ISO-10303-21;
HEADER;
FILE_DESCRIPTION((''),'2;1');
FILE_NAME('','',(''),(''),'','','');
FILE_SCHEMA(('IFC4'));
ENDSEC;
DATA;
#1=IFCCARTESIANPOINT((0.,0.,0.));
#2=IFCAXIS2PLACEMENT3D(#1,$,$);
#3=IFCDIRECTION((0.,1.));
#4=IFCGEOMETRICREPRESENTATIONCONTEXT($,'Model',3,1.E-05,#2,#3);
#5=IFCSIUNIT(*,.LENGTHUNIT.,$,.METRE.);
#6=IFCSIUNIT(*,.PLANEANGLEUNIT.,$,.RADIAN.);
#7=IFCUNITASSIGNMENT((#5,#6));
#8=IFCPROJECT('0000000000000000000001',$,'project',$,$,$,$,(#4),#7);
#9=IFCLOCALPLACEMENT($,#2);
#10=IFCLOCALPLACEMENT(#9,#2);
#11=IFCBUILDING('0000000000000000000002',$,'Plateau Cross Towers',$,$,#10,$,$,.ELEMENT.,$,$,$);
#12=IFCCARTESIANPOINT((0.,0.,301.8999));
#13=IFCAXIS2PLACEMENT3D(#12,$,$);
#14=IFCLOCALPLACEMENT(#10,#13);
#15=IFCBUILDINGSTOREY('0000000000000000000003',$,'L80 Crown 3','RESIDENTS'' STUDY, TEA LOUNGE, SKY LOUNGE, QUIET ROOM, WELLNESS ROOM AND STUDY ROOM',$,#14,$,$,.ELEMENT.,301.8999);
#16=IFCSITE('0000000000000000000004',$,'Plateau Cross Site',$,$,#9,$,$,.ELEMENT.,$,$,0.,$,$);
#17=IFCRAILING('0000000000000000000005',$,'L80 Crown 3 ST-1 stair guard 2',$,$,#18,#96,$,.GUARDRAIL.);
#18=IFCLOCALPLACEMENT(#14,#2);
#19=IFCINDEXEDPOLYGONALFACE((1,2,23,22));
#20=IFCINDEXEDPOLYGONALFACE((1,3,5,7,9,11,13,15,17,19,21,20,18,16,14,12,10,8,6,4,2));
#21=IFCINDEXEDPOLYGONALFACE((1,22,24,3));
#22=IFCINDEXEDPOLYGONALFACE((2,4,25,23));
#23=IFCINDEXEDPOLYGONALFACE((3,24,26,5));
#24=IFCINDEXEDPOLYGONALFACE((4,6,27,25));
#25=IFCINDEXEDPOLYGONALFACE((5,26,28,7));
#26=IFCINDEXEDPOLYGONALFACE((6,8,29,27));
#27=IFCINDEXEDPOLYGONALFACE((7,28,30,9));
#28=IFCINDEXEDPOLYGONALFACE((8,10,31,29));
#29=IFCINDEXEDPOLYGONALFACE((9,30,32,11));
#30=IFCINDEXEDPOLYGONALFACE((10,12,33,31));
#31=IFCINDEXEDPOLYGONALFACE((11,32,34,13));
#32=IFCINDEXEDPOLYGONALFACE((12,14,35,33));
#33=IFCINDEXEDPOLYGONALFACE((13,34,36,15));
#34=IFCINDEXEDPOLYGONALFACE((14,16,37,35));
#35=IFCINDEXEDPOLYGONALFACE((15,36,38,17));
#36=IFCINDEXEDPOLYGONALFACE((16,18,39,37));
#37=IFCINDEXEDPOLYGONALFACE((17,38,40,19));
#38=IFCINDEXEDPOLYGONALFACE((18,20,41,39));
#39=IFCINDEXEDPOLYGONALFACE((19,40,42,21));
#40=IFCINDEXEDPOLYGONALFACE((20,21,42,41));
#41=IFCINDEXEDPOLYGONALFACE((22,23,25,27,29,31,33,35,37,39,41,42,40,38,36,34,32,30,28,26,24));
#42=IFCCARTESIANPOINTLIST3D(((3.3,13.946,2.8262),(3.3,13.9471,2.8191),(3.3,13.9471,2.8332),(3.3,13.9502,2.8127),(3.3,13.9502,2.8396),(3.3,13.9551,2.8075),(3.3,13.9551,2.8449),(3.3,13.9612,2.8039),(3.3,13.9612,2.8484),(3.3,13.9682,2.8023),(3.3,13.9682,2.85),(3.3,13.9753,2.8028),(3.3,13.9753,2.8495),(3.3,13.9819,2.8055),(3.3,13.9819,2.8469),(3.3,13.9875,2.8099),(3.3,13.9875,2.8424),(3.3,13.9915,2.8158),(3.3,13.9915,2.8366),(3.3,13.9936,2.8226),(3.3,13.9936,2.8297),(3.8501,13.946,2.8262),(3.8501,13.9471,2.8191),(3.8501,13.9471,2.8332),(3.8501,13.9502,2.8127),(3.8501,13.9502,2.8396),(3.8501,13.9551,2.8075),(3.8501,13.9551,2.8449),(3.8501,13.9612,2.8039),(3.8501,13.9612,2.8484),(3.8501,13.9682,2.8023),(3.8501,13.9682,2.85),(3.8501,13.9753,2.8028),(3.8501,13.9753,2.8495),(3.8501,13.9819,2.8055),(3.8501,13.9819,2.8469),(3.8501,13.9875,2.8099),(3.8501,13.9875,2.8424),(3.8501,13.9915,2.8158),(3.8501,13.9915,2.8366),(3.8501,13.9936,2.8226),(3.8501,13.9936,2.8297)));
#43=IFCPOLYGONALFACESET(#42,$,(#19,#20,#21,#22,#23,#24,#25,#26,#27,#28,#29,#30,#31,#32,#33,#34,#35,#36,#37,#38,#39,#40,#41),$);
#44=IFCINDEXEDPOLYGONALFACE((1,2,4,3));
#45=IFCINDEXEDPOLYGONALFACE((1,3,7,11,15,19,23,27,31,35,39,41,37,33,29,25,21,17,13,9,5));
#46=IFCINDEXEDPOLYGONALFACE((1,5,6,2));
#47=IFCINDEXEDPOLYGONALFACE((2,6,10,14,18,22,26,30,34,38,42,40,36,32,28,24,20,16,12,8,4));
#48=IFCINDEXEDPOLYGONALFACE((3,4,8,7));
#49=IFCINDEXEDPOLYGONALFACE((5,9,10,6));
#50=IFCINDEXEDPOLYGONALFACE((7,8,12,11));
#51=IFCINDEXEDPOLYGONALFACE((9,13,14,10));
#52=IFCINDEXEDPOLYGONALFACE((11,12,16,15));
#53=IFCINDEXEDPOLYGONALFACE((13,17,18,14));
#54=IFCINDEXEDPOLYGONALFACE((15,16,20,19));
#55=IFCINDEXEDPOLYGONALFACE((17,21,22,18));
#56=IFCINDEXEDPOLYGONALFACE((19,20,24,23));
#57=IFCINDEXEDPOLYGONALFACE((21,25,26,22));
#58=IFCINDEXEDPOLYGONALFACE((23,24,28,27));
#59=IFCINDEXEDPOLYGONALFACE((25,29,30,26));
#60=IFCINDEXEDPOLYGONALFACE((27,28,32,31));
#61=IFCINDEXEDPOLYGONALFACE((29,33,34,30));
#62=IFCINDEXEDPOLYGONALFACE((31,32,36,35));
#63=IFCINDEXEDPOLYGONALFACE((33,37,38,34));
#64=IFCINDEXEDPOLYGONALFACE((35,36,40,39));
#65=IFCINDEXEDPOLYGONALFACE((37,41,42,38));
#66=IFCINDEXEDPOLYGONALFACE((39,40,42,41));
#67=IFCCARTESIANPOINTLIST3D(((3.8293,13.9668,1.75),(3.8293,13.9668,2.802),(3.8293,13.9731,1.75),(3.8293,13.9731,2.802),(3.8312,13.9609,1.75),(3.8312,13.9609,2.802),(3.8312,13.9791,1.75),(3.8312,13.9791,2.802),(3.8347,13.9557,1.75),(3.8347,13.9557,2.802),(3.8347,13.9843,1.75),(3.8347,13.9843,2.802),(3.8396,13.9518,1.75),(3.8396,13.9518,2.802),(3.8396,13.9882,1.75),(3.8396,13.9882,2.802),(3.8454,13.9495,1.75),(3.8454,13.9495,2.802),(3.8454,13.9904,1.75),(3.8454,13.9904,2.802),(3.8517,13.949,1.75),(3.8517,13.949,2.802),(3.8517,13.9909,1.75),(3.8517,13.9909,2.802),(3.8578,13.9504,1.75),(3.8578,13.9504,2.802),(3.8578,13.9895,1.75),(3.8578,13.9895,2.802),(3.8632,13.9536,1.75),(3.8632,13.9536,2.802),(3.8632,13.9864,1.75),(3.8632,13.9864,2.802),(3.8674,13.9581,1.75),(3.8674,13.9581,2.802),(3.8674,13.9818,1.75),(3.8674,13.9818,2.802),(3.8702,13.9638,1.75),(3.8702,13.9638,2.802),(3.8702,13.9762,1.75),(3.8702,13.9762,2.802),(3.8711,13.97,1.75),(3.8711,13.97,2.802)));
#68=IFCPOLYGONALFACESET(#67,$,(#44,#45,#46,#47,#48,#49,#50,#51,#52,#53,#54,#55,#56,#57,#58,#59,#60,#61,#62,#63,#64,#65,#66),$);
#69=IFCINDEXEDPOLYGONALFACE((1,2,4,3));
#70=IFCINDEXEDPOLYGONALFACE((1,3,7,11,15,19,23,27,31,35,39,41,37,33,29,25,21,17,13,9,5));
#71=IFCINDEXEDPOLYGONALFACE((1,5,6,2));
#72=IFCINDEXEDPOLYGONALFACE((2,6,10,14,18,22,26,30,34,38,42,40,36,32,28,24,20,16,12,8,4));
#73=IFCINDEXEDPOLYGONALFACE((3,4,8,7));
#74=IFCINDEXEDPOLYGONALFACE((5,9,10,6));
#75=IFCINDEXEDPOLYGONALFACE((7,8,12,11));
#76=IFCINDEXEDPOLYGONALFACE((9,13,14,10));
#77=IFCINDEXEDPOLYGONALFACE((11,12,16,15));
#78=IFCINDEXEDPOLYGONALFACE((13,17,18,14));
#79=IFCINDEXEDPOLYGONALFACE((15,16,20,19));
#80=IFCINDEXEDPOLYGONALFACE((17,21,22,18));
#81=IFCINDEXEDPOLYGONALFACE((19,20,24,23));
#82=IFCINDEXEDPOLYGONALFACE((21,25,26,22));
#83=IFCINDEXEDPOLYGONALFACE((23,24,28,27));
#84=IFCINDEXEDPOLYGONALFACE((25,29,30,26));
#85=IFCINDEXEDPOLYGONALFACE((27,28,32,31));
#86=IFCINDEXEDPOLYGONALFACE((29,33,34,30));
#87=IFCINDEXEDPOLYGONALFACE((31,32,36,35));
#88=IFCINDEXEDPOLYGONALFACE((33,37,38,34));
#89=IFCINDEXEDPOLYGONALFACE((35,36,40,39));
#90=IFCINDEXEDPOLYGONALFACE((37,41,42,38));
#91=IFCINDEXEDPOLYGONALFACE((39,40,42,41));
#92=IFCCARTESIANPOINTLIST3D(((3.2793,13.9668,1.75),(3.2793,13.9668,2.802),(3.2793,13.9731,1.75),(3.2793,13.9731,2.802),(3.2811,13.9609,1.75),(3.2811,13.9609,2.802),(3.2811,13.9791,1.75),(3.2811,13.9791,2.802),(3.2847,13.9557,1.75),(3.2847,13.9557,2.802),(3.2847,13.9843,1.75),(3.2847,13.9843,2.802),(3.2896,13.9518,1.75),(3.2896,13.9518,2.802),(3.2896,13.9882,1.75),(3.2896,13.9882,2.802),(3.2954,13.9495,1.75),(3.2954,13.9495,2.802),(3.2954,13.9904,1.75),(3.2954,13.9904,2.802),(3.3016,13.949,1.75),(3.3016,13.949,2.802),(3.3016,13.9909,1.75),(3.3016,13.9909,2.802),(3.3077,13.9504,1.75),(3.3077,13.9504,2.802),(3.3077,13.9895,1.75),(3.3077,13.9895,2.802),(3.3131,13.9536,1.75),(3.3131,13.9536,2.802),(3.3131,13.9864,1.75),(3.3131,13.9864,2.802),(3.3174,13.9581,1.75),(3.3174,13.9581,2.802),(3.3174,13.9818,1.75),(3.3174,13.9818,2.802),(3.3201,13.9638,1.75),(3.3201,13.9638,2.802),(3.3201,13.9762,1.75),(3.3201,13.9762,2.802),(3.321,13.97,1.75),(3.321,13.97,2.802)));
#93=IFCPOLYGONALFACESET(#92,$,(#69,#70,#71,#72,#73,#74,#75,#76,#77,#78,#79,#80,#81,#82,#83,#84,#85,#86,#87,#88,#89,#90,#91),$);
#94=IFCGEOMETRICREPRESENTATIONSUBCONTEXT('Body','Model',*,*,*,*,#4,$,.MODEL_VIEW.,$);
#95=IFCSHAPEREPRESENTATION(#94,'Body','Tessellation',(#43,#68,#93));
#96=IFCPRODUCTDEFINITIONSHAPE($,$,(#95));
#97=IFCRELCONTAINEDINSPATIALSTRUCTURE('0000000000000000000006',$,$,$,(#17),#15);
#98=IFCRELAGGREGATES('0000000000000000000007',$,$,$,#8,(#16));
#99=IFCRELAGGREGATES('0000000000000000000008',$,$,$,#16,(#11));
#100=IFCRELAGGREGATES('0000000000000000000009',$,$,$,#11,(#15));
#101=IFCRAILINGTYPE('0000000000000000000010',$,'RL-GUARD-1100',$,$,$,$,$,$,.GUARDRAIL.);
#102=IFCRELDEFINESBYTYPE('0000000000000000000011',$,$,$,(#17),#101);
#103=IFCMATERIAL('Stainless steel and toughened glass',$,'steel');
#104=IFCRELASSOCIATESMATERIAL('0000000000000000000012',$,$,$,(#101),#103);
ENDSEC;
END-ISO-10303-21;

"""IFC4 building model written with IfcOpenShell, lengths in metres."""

from ifc_helpers import new_model, si_unit, direction, frame, origin, origin_2d, place, context, subcontext, project, spatial, circle, extrude, material, type_object, element, save


model = new_model("IFC4")

# Units and contexts
model_context = context("Model", 3, precision=1e-05, world=origin(), true_north=direction((0.0, 1.0)))
body_context = subcontext(model_context, "Body", "Model", "MODEL_VIEW")
ifc_project = project(units=[si_unit("LENGTHUNIT", "METRE"), si_unit("PLANEANGLEUNIT", "RADIAN")], contexts=[model_context])

# Site, building, storey
site_placement = place(None, origin())
site = spatial("IfcSite", under=ifc_project, at=site_placement, Name="Plateau Cross Site", CompositionType="ELEMENT", RefElevation=0.0)
building_placement = place(site_placement, origin())
building = spatial("IfcBuilding", under=site, at=building_placement, Name="Plateau Cross Towers", CompositionType="ELEMENT")
storey_placement = place(building_placement, frame((0.0, 0.0, 301.8999)))
storey = spatial("IfcBuildingStorey", under=building, at=storey_placement, Name="L80 Crown 3", Description="RESIDENTS' STUDY, TEA LOUNGE, SKY LOUNGE, QUIET ROOM, WELLNESS ROOM AND STUDY ROOM", CompositionType="ELEMENT", Elevation=301.8999)

# Railing
ifc_material_1 = material(Name="Stainless steel and toughened glass", Category="steel")
railing_type_1 = type_object("IfcRailingType", Name="RL-GUARD-1100", PredefinedType="GUARDRAIL", material=ifc_material_1)
railing_1_placement = place(storey_placement, frame((3.8501, 13.97, 1.75)))
element("IfcRailing", 1, at=railing_1_placement, inside=storey, type_object=railing_type_1, Name="L80 Crown 3 ST-1 stair guard 2", PredefinedType="GUARDRAIL", context=body_context, shape_type="SweptSolid", body=[
    extrude(circle(Radius=0.0239, at=origin_2d()), frame((0.0, 0.0, 1.0762), z_axis=(-1.0, 0.0, 0.0), x_axis=(0.0, -1.0, 0.0)), (0.0, 0.0, 1.0), 0.55),
    extrude(circle(Radius=0.021, at=origin_2d()), origin(), (0.0, 0.0, 1.0), 1.052),
    extrude(circle(Radius=0.021, at=origin_2d()), frame((-0.55, 0.0, 0.0)), (0.0, 0.0, 1.0), 1.052),
])

save(model, "model.ifc")
